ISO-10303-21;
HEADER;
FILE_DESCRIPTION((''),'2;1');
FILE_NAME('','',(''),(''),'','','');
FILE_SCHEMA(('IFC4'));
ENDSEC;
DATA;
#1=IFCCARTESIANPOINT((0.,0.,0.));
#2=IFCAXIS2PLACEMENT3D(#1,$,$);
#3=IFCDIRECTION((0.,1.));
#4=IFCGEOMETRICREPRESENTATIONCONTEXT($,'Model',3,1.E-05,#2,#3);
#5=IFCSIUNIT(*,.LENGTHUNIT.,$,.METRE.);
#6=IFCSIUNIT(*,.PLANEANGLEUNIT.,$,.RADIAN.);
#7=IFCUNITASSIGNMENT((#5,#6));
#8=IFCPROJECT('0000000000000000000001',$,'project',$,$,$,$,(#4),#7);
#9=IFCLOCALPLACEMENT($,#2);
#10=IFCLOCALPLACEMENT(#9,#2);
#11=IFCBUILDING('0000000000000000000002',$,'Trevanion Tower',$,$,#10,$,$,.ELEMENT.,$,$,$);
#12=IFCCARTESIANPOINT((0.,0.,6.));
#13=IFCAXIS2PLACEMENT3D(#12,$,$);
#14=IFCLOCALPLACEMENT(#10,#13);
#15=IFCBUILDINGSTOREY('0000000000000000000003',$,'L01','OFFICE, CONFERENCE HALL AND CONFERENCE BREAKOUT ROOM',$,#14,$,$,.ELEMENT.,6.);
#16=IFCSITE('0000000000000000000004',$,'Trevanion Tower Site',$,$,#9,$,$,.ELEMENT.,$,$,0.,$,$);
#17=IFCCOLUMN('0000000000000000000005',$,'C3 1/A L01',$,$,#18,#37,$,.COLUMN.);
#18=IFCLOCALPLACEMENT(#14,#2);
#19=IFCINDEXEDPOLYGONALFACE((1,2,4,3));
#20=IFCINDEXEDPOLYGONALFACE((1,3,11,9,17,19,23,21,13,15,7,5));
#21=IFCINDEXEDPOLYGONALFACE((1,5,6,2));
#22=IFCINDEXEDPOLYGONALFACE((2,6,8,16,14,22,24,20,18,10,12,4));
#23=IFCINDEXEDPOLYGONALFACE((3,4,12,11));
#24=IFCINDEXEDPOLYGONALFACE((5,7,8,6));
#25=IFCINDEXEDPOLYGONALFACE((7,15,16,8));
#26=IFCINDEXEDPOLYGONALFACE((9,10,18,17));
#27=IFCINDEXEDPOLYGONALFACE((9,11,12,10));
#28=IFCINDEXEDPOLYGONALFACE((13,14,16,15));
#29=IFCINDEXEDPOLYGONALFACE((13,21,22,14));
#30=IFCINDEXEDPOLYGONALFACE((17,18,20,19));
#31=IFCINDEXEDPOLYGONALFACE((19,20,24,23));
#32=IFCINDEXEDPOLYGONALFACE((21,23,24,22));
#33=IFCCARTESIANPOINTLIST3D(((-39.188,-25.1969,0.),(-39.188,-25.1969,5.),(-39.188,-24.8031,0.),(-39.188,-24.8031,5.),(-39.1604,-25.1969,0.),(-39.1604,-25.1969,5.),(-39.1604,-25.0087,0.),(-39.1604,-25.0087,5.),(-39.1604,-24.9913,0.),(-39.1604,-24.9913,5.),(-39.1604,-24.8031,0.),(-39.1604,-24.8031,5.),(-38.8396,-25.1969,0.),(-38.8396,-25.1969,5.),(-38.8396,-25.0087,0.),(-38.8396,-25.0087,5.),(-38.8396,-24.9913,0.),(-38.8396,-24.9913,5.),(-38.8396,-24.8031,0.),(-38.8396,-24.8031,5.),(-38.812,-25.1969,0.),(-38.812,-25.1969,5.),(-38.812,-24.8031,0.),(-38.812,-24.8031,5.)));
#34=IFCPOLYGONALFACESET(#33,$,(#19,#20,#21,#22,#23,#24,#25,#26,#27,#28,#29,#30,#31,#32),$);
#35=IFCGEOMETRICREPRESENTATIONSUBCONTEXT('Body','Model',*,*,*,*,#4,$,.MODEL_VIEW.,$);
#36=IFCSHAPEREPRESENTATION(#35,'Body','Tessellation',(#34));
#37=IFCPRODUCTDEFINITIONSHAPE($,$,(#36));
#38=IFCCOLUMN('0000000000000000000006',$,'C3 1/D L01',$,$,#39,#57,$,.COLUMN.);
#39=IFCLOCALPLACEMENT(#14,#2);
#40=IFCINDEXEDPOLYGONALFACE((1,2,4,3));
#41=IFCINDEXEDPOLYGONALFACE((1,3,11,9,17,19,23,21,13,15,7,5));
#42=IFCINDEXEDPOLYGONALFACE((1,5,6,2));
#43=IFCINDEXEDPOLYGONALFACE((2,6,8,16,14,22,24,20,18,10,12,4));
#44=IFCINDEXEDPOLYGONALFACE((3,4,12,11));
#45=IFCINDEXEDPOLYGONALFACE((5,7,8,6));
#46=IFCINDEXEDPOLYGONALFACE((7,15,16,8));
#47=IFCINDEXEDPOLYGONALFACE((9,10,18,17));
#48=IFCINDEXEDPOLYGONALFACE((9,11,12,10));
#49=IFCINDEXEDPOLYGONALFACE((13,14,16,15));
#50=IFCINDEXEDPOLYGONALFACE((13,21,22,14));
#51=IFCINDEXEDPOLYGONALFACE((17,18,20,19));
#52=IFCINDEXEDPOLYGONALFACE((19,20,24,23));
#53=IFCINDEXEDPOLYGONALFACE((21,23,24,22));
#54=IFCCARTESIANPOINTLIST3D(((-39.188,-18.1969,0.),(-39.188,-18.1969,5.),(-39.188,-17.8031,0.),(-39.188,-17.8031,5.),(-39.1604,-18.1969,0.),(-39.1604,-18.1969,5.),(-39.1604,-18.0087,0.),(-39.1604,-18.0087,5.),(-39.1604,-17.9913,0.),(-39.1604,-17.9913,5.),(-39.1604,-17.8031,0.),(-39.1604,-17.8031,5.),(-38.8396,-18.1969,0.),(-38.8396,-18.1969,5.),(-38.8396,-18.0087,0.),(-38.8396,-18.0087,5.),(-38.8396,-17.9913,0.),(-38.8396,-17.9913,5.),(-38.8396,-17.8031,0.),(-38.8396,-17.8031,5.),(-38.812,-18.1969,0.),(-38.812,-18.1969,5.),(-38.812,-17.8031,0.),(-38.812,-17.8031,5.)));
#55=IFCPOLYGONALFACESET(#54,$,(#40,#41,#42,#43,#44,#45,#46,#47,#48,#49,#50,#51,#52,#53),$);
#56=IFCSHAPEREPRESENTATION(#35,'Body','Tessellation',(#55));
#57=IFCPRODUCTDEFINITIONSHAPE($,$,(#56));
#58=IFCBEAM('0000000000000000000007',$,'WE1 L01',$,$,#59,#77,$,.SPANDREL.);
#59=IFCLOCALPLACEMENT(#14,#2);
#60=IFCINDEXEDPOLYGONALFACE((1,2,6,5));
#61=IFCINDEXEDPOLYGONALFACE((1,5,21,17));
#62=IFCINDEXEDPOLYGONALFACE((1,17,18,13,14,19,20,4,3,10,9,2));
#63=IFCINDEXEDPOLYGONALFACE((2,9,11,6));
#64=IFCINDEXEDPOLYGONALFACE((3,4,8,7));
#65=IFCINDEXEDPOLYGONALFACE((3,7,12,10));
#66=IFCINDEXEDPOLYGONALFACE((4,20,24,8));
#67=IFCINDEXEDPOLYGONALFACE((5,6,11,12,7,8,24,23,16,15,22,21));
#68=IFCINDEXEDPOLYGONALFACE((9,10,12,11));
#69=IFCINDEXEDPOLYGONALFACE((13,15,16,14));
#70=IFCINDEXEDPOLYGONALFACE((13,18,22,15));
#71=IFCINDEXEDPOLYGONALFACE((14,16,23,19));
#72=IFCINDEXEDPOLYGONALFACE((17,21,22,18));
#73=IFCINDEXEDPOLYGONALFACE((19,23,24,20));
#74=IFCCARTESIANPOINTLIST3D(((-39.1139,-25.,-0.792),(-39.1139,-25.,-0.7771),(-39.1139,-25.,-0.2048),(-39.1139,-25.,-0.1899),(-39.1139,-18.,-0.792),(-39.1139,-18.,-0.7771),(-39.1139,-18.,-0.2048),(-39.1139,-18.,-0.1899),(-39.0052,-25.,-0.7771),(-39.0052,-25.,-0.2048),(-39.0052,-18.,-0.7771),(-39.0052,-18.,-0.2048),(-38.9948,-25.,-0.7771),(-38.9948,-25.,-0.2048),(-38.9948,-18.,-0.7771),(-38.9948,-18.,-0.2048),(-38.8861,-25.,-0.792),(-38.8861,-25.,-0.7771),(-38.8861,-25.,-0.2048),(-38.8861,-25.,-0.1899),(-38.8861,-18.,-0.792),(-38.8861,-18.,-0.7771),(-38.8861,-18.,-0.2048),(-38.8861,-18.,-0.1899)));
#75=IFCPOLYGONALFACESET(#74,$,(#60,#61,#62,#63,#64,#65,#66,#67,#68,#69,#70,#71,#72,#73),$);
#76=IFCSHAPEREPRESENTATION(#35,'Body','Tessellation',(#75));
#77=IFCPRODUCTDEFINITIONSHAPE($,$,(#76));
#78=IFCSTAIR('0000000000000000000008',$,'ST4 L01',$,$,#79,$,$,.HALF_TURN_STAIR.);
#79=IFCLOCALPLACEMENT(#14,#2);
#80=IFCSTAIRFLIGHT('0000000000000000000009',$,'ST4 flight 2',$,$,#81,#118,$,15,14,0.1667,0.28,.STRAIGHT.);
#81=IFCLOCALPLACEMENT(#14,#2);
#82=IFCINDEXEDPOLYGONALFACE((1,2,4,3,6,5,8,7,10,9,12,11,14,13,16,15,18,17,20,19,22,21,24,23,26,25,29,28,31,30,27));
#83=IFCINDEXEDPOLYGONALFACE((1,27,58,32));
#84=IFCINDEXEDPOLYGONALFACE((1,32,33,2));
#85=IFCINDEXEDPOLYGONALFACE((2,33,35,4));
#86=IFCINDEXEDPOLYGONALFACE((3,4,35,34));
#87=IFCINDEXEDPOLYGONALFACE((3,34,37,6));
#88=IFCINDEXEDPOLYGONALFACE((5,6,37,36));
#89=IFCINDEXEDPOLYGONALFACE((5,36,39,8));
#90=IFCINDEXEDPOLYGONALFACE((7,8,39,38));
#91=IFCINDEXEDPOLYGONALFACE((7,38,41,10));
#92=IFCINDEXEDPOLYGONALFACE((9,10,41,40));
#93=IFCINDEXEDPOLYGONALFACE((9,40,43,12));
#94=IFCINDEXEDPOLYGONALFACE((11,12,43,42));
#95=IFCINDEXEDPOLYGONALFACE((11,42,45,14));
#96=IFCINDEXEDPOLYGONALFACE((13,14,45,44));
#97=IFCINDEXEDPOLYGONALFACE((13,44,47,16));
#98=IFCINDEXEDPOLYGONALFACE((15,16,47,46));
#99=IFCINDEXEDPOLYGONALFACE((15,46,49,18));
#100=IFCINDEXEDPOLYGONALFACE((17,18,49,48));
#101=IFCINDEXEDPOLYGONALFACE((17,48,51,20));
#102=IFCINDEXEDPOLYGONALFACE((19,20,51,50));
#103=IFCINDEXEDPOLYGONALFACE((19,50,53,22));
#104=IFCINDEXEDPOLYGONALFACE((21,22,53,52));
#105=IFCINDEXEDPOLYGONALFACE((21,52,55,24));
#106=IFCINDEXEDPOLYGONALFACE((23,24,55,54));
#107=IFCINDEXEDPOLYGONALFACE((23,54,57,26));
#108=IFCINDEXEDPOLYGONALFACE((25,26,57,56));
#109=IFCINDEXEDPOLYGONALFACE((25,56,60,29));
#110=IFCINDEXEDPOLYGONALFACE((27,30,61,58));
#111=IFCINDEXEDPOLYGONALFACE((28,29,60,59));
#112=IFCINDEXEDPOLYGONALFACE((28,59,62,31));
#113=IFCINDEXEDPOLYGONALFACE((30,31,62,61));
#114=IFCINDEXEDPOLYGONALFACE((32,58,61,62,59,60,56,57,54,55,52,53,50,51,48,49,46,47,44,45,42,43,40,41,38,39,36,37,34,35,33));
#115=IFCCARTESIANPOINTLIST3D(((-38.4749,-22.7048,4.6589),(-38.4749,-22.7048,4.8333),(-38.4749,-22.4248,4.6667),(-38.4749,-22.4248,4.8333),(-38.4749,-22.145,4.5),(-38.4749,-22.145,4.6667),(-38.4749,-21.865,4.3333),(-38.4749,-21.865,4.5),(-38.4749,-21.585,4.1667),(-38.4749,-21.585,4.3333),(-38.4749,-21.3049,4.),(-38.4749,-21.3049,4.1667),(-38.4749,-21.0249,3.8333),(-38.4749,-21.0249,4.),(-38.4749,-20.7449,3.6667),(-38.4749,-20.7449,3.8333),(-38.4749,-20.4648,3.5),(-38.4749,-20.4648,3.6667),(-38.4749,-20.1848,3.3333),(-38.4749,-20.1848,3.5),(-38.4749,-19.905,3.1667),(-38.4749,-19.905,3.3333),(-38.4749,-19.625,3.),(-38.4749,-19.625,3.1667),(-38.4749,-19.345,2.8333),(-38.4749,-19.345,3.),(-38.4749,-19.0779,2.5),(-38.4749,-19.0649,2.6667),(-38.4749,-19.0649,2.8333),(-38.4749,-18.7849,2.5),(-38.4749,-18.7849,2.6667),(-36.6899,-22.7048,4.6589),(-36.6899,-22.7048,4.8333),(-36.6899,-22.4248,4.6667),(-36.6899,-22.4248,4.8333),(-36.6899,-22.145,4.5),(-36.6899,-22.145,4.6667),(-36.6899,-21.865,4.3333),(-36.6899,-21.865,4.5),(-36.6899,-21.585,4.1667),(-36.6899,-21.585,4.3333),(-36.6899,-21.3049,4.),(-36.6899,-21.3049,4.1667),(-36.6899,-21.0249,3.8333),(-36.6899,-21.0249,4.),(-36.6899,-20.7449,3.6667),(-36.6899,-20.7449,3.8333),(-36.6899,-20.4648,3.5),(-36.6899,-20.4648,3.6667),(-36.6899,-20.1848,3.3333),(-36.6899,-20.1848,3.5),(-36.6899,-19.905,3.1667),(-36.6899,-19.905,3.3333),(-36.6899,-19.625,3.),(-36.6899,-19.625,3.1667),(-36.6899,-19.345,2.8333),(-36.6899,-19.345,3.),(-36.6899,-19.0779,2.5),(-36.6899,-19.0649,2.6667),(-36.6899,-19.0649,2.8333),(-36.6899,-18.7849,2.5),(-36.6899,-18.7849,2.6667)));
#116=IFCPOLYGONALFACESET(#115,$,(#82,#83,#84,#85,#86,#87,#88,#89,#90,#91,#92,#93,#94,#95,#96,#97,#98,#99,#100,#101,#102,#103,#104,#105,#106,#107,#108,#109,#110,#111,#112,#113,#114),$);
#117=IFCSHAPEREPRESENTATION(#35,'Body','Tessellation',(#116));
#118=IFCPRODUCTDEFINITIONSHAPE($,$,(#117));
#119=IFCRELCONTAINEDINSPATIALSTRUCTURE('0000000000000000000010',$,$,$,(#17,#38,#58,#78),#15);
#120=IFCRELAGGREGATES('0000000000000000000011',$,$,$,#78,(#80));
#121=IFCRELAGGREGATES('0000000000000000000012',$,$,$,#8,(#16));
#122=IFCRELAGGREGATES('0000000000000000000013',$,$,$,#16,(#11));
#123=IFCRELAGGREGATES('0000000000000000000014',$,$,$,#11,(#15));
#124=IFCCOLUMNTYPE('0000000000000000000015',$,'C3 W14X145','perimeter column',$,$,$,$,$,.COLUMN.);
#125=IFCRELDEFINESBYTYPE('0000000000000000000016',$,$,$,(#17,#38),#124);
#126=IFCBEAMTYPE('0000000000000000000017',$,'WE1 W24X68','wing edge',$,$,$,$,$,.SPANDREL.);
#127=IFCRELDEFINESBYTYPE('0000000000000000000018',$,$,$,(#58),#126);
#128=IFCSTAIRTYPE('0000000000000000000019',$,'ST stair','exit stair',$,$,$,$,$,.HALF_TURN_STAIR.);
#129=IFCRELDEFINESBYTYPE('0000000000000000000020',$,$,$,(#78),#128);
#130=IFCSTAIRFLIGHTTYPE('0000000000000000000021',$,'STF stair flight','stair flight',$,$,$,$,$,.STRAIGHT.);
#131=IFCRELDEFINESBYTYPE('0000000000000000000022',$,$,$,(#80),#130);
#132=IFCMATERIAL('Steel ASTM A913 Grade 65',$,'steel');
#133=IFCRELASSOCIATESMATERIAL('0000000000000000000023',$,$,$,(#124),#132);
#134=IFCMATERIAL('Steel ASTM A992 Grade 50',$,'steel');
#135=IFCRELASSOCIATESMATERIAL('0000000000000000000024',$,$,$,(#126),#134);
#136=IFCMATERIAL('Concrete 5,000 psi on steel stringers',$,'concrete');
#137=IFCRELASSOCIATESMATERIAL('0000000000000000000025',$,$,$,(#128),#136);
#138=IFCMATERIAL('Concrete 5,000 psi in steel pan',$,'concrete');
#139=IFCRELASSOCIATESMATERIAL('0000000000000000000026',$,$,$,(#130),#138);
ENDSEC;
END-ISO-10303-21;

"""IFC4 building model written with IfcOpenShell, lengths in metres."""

from ifc_helpers import new_model, si_unit, direction, frame, origin, origin_2d, place, context, subcontext, project, spatial, polyline, i_section, outline, extrude, material, material_profile, profile_set, type_object, element, aggregate, save


model = new_model("IFC4")

# Units and contexts
model_context = context("Model", 3, precision=1e-05, world=origin(), true_north=direction((0.0, 1.0)))
body_context = subcontext(model_context, "Body", "Model", "MODEL_VIEW")
ifc_project = project(units=[si_unit("LENGTHUNIT", "METRE"), si_unit("PLANEANGLEUNIT", "RADIAN")], contexts=[model_context])

# Site, building, storey
site_placement = place(None, origin())
site = spatial("IfcSite", under=ifc_project, at=site_placement, Name="Trevanion Tower Site", CompositionType="ELEMENT", RefElevation=0.0)
building_placement = place(site_placement, origin())
building = spatial("IfcBuilding", under=site, at=building_placement, Name="Trevanion Tower", CompositionType="ELEMENT")
storey_placement = place(building_placement, frame((0.0, 0.0, 6.0)))
storey = spatial("IfcBuildingStorey", under=building, at=storey_placement, Name="L01", Description="OFFICE, CONFERENCE HALL AND CONFERENCE BREAKOUT ROOM", CompositionType="ELEMENT", Elevation=6.0)

# Columns
ifc_material_1 = material(Name="Steel ASTM A913 Grade 65", Category="steel")
ifc_material_profile_1 = material_profile(ifc_material_1, i_section(OverallWidth=0.3938, OverallDepth=0.376, WebThickness=0.0173, FlangeThickness=0.0276, at=origin_2d()), Name="W14X145")
ifc_profile_set_1 = profile_set([ifc_material_profile_1], Name="Steel ASTM A913 Grade 65")
column_type = type_object("IfcColumnType", Name="C3 W14X145", Description="perimeter column", PredefinedType="COLUMN", material=ifc_profile_set_1)
for number, where, z_axis, x_axis, name in (
    (1, (-39.0, -25.0, 0.0), (0.0, 0.0, 1.0), (0.0, 1.0, 0.0), "C3 1/A L01"),
    (2, (-39.0, -18.0, 0.0), (0.0, 0.0, 1.0), (0.0, 1.0, 0.0), "C3 1/D L01"),
):
    element("IfcColumn", number, at=place(storey_placement, frame(where, z_axis=z_axis, x_axis=x_axis)), inside=storey, type_object=column_type, Name=name, PredefinedType="COLUMN", context=body_context, shape_type="SweptSolid", body=[
        extrude(i_section(OverallWidth=0.3938, OverallDepth=0.376, WebThickness=0.0173, FlangeThickness=0.0276, at=origin_2d()), origin(), (0.0, 0.0, 1.0), 5.0),
    ])

# Beam
ifc_material_2 = material(Name="Steel ASTM A992 Grade 50", Category="steel")
ifc_material_profile_2 = material_profile(ifc_material_2, i_section(OverallWidth=0.2278, OverallDepth=0.6021, WebThickness=0.0105, FlangeThickness=0.0149, at=origin_2d()), Name="W24X68")
ifc_profile_set_2 = profile_set([ifc_material_profile_2], Name="Steel ASTM A992 Grade 50")
beam_type = type_object("IfcBeamType", Name="WE1 W24X68", Description="wing edge", PredefinedType="SPANDREL", material=ifc_profile_set_2)
beam_placement = place(storey_placement, frame((-39.0, -18.0, -0.491), z_axis=(0.0, -1.0, 0.0), x_axis=(1.0, 0.0, 0.0)))
element("IfcBeam", 3, at=beam_placement, inside=storey, type_object=beam_type, Name="WE1 L01", PredefinedType="SPANDREL", context=body_context, shape_type="SweptSolid", body=[
    extrude(i_section(OverallWidth=0.2278, OverallDepth=0.6021, WebThickness=0.0105, FlangeThickness=0.0149, at=origin_2d()), origin(), (0.0, 0.0, 1.0), 7.0),
])

# Stair, stair flight
ifc_material_3 = material(Name="Concrete 5,000 psi on steel stringers", Category="concrete")
stair_type = type_object("IfcStairType", Name="ST stair", Description="exit stair", PredefinedType="HALF_TURN_STAIR", material=ifc_material_3)
stair_placement = place(storey_placement, origin())
stair = element("IfcStair", 4, at=stair_placement, inside=storey, type_object=stair_type, Name="ST4 L01", PredefinedType="HALF_TURN_STAIR")
ifc_material_4 = material(Name="Concrete 5,000 psi in steel pan", Category="concrete")
stair_flight_type = type_object("IfcStairFlightType", Name="STF stair flight", Description="stair flight", PredefinedType="STRAIGHT", material=ifc_material_4)
stair_flight_placement = place(storey_placement, frame((-37.5825, -18.7849, 2.5), z_axis=(0.0, 0.0, 1.0), x_axis=(0.0, -1.0, 0.0)))
stair_flight = element("IfcStairFlight", 5, at=stair_flight_placement, type_object=stair_flight_type, Name="ST4 flight 2", NumberOfRisers=15, NumberOfTreads=14, PredefinedType="STRAIGHT", RiserHeight=0.1667, TreadLength=0.28, context=body_context, shape_type="SweptSolid", body=[
    extrude(outline(polyline([(0.0, 0.0), (0.0, 0.1667), (0.28, 0.1667), (0.28, 0.3333), (0.5601, 0.3333), (0.5601, 0.5), (0.8401, 0.5), (0.8401, 0.6667), (1.1201, 0.6667), (1.1201, 0.8333), (1.3999, 0.8333), (1.3999, 1.0), (1.6799, 1.0), (1.6799, 1.1667), (1.96, 1.1667), (1.96, 1.3333), (2.24, 1.3333), (2.24, 1.5), (2.52, 1.5), (2.52, 1.6667), (2.8, 1.6667), (2.8, 1.8333), (3.0801, 1.8333), (3.0801, 2.0), (3.3601, 2.0), (3.3601, 2.1667), (3.6399, 2.1667), (3.6399, 2.3333), (3.9199, 2.3333), (3.9199, 2.5), (3.9199, 2.1589), (0.293, 0.0), (0.0, 0.0)])), frame((0.0, 0.8926, 0.0), z_axis=(0.0, -1.0, 0.0), x_axis=(1.0, 0.0, 0.0)), (0.0, 0.0, 1.0), 1.7849),
])
aggregate(stair, [stair_flight])

save(model, "model.ifc")
